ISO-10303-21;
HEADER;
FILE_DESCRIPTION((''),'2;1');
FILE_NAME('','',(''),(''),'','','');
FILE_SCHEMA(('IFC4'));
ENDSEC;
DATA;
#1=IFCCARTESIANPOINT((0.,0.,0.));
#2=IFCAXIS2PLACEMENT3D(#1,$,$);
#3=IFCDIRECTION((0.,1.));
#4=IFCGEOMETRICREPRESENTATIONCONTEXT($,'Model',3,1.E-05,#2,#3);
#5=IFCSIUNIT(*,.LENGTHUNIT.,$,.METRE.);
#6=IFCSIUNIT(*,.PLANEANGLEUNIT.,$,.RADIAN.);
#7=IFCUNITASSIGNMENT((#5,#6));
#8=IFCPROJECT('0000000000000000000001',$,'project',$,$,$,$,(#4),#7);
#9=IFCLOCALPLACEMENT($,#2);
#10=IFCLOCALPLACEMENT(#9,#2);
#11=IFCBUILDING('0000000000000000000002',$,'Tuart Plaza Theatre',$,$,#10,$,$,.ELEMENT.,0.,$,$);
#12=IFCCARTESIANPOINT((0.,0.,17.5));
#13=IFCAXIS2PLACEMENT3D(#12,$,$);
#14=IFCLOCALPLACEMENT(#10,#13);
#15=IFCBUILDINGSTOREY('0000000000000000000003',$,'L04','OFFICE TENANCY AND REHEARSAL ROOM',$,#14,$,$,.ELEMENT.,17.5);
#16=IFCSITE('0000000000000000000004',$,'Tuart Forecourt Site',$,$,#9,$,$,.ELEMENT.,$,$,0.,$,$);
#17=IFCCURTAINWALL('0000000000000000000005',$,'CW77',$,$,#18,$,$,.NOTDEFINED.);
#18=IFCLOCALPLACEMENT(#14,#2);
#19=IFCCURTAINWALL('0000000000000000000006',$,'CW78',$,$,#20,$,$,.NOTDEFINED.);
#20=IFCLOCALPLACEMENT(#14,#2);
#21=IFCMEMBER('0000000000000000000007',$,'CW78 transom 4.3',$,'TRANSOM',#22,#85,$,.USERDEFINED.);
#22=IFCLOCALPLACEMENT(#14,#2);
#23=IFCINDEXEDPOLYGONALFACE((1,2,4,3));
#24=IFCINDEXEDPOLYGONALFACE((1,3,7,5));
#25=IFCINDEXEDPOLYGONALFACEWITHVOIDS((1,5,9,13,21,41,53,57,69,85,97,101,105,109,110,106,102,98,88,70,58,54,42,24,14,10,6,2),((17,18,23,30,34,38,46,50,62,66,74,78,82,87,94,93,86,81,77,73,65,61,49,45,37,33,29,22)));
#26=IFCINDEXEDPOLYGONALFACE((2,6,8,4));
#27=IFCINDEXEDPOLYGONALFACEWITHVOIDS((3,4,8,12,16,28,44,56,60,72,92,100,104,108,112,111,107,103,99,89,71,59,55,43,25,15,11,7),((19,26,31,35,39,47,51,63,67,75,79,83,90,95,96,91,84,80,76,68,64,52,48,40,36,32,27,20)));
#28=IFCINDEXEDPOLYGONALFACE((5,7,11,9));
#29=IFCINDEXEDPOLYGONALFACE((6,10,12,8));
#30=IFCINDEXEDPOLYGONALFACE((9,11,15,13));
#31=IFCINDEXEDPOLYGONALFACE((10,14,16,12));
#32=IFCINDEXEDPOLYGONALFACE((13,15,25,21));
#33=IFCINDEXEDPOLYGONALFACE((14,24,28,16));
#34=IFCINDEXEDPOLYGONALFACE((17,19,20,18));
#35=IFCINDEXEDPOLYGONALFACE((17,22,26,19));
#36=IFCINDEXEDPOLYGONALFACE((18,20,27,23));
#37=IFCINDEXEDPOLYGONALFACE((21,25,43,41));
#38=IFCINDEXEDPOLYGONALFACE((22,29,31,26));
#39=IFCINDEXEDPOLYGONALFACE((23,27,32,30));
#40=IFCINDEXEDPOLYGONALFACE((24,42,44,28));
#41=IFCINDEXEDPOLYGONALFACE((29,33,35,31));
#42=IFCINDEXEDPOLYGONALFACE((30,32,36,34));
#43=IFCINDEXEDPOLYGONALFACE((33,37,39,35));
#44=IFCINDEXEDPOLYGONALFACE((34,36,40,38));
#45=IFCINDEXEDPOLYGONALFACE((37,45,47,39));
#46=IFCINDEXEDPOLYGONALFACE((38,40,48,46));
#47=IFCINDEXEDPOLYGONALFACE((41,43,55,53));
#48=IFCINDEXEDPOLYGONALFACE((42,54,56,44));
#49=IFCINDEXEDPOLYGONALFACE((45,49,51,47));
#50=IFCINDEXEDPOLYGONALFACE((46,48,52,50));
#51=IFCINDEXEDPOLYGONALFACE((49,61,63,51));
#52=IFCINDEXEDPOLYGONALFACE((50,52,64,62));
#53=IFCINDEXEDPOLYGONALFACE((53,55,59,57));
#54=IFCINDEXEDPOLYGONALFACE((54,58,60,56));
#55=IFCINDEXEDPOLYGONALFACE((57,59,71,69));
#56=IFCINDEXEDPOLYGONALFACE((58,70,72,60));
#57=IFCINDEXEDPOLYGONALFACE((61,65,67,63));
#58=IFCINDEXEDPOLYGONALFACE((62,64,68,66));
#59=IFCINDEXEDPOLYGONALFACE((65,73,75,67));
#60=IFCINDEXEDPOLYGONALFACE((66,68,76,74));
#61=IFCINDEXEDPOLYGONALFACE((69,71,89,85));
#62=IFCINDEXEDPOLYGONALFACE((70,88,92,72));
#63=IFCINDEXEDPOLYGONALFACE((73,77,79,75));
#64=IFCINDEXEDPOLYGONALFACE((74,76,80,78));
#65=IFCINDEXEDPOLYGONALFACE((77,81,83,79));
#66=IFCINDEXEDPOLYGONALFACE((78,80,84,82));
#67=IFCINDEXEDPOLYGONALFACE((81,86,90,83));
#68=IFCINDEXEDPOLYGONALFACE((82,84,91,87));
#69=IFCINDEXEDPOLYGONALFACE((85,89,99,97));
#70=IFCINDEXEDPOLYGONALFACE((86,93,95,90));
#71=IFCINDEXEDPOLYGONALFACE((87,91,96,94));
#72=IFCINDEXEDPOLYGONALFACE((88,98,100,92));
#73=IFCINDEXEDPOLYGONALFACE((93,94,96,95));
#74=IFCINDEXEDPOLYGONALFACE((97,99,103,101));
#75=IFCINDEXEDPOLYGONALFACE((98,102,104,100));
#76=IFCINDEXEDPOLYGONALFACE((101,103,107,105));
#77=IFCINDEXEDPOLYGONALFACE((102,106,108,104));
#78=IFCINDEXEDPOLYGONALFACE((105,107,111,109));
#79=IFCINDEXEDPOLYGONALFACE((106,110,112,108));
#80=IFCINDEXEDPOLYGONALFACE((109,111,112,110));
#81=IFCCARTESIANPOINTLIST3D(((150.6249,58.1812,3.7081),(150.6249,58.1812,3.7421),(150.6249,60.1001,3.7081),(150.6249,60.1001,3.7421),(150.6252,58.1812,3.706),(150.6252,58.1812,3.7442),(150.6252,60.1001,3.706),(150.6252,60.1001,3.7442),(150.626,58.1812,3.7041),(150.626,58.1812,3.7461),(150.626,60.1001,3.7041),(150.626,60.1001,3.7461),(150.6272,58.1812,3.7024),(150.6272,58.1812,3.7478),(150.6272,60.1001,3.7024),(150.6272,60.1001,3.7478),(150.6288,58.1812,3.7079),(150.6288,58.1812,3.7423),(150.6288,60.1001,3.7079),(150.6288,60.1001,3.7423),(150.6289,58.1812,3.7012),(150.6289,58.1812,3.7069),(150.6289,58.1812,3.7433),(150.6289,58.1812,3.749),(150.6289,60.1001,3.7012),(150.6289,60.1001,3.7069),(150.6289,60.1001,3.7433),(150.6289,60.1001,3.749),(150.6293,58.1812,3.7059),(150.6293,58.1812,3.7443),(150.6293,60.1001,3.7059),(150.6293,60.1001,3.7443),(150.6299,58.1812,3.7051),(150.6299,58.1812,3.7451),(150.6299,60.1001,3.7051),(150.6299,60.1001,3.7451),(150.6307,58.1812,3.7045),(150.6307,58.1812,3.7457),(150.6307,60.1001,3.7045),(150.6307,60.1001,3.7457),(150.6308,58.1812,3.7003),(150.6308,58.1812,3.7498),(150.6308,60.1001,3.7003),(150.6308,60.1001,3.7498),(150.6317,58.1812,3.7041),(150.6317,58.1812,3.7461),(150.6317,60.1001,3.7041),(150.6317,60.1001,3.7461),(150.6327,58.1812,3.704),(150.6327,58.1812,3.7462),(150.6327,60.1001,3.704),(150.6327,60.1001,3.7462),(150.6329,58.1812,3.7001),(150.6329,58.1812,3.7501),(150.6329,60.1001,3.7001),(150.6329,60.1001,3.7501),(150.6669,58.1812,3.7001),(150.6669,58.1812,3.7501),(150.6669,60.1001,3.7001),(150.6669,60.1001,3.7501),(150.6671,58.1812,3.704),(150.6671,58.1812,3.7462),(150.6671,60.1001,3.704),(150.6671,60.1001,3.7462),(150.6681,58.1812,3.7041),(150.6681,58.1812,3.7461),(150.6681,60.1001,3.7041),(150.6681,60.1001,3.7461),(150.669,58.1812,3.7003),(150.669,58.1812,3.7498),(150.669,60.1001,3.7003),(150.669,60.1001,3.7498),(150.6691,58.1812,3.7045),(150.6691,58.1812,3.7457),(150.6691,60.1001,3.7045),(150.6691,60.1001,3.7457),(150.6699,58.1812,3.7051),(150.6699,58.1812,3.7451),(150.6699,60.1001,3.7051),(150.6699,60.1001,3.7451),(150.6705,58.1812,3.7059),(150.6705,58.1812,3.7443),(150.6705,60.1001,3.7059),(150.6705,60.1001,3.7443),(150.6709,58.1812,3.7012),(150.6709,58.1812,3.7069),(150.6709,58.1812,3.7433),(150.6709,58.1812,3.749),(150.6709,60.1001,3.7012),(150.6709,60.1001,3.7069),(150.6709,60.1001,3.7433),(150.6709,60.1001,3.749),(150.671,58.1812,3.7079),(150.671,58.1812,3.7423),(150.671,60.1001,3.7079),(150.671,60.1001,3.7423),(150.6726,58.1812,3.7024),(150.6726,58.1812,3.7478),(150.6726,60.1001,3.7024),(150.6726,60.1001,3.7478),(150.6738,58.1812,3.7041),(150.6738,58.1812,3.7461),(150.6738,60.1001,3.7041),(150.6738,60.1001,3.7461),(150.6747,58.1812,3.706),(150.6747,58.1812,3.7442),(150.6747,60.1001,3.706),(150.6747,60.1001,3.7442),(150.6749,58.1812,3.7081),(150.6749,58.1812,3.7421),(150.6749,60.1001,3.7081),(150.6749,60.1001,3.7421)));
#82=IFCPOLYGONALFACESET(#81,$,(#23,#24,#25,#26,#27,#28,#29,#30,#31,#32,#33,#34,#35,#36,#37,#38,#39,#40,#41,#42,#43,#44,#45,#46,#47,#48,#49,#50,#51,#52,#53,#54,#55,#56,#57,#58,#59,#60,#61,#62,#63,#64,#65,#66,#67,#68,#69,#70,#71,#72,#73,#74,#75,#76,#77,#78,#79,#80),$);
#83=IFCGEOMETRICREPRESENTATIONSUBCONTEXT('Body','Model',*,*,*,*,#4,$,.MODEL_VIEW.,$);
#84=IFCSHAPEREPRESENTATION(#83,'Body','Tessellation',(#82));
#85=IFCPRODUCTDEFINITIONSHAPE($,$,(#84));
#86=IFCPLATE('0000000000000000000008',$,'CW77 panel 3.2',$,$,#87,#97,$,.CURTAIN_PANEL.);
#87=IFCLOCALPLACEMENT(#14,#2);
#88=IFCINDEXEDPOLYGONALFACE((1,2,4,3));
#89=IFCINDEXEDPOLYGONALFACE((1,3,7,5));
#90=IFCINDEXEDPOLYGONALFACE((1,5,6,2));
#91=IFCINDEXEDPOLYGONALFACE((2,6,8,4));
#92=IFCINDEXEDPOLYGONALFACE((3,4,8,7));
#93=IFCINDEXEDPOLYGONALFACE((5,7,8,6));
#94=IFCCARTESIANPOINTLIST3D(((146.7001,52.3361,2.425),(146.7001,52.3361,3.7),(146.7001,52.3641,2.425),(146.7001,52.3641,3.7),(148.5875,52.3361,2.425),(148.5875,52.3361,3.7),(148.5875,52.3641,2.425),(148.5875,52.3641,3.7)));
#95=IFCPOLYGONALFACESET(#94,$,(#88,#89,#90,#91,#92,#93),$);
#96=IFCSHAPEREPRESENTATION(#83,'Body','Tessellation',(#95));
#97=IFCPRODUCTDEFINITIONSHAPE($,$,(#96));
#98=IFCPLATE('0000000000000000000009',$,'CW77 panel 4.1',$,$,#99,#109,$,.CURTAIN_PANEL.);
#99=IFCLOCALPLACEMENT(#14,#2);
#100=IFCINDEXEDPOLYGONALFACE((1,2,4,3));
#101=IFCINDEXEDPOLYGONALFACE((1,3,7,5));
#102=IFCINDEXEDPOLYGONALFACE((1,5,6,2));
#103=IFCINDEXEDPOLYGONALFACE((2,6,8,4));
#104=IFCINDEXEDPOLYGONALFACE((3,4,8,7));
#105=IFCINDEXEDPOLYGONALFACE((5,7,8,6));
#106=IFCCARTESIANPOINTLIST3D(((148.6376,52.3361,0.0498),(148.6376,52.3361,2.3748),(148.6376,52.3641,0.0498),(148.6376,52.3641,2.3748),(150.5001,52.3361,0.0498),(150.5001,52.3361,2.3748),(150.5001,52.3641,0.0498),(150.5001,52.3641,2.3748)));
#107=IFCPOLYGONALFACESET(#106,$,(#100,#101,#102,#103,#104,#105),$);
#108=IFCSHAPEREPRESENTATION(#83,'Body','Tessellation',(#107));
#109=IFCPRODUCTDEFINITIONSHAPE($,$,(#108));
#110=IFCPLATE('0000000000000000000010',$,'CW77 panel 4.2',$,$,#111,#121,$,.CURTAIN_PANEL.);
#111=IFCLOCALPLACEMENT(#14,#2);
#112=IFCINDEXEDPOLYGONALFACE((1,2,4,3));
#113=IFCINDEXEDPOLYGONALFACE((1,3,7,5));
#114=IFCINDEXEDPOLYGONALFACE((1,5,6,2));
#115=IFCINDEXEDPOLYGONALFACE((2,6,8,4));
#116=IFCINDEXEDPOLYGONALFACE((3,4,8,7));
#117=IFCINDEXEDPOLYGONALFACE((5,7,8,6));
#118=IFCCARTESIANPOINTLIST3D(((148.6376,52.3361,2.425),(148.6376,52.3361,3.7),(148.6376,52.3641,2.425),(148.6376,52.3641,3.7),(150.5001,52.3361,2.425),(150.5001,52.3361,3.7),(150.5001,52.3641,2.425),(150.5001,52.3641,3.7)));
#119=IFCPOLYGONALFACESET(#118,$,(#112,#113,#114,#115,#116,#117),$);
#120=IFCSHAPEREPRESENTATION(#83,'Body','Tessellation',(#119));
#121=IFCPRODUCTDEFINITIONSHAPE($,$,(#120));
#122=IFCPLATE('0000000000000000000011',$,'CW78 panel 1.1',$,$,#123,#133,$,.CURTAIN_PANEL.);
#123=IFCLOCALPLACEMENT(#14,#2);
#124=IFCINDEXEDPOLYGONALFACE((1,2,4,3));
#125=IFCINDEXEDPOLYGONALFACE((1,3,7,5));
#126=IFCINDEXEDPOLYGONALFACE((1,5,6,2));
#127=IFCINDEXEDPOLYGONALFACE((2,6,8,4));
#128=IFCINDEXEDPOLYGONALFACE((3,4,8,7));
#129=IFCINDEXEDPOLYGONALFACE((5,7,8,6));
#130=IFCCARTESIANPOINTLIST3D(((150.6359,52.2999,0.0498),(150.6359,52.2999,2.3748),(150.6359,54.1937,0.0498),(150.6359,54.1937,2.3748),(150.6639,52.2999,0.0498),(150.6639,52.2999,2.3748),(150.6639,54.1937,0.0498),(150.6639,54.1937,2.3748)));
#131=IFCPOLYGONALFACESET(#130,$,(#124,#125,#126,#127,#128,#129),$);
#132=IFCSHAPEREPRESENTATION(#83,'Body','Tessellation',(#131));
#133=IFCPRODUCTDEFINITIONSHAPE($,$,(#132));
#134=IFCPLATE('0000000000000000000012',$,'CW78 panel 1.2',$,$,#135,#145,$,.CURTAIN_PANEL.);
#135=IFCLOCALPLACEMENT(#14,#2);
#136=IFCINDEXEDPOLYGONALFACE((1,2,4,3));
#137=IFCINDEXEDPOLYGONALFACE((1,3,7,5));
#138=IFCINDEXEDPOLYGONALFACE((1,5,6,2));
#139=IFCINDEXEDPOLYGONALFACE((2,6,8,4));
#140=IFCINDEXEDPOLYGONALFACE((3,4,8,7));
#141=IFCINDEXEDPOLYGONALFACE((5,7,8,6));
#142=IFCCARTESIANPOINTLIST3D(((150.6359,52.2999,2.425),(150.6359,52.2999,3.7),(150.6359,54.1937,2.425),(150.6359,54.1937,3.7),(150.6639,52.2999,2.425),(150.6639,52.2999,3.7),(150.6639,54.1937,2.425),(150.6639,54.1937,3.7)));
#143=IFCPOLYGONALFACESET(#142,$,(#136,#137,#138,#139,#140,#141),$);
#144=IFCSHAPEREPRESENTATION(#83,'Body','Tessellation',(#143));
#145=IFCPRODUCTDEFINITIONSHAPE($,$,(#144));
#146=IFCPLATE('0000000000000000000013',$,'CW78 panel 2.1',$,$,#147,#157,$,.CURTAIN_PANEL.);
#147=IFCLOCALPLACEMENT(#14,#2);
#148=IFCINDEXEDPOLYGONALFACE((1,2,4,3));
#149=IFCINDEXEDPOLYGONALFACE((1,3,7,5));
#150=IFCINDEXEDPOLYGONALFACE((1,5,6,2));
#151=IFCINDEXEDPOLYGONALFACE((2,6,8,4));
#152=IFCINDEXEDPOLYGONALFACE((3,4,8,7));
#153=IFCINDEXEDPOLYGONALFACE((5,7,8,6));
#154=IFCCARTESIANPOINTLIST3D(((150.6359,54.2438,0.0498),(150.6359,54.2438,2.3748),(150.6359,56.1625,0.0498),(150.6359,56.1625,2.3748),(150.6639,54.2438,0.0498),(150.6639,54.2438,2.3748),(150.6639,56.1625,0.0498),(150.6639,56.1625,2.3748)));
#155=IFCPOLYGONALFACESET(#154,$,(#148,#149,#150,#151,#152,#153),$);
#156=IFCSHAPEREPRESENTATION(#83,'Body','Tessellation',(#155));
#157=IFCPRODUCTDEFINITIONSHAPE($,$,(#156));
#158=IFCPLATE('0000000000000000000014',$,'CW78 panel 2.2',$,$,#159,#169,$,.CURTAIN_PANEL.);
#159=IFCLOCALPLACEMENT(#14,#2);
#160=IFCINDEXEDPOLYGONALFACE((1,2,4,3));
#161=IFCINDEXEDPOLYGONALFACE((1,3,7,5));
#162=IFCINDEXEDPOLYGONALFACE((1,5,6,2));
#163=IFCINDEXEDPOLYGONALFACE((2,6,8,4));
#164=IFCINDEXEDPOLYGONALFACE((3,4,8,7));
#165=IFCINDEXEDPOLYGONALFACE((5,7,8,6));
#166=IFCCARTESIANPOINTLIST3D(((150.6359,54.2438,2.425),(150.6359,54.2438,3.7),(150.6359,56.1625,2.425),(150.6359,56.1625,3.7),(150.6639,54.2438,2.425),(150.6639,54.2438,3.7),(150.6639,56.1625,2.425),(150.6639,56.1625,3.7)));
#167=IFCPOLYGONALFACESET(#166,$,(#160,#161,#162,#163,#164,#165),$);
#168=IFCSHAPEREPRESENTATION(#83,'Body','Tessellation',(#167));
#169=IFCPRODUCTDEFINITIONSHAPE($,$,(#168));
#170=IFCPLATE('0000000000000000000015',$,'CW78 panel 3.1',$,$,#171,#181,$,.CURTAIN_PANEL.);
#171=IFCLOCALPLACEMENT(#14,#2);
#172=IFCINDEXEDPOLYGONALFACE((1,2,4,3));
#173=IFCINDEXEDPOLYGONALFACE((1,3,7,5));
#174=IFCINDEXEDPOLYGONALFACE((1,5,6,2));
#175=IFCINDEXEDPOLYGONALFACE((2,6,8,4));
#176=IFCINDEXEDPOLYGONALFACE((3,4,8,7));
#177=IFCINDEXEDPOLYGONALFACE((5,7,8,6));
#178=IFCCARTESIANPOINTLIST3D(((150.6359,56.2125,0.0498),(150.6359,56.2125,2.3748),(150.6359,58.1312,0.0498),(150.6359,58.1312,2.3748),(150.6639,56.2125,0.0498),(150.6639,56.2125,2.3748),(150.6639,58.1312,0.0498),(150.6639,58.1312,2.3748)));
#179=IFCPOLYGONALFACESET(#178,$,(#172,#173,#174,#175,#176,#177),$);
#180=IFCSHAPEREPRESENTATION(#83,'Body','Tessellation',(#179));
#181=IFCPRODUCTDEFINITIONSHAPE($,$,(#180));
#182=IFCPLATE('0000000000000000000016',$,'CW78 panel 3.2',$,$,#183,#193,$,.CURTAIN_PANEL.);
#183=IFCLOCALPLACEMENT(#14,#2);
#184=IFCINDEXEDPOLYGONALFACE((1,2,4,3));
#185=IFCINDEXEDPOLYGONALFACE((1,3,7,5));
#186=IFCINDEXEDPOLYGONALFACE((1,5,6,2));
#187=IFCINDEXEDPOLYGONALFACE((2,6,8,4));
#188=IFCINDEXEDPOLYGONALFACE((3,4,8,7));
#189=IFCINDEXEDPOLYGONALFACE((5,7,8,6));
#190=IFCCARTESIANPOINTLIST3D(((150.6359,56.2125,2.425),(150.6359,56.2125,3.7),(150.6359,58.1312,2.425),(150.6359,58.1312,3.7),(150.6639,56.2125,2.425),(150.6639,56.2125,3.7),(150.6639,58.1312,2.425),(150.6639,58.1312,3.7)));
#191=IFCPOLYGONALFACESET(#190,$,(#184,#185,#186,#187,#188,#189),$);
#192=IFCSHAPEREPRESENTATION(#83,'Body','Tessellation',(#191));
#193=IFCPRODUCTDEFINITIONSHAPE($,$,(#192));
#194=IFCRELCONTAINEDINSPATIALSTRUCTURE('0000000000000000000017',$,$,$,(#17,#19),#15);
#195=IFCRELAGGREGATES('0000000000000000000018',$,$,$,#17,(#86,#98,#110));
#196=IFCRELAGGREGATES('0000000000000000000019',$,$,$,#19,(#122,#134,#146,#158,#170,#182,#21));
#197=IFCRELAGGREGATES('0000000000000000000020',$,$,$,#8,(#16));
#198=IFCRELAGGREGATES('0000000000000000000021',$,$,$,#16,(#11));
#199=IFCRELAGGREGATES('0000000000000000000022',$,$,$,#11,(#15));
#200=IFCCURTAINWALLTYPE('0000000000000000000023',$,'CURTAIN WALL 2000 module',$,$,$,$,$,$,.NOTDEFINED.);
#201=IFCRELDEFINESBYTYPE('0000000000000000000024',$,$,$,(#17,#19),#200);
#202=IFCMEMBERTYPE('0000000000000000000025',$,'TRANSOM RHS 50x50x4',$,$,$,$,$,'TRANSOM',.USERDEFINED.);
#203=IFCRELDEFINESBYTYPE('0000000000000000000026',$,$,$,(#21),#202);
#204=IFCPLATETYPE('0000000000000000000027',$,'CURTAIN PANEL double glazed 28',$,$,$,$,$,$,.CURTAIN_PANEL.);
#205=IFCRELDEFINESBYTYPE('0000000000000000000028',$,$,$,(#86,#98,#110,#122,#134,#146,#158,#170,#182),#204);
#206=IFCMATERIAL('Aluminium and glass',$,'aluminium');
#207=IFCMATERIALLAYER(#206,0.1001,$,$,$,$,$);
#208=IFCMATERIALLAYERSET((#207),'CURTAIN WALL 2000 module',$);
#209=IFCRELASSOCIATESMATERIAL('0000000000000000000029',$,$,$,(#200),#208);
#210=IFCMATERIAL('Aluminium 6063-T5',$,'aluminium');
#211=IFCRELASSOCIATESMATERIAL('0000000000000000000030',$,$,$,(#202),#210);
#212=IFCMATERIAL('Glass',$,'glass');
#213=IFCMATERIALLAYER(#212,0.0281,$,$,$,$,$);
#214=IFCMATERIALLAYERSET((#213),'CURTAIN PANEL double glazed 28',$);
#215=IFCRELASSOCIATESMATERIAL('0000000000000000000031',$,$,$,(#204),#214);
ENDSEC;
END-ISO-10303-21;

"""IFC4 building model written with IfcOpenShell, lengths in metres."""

from ifc_helpers import new_model, si_unit, direction, frame, origin, origin_2d, place, context, subcontext, project, spatial, rectangle, hollow_rectangle, extrude, material, layer, layer_set, material_profile, profile_set, type_object, element, aggregate, save


model = new_model("IFC4")

# Units and contexts
model_context = context("Model", 3, precision=1e-05, world=origin(), true_north=direction((0.0, 1.0)))
body_context = subcontext(model_context, "Body", "Model", "MODEL_VIEW")
ifc_project = project(units=[si_unit("LENGTHUNIT", "METRE"), si_unit("PLANEANGLEUNIT", "RADIAN")], contexts=[model_context])

# Site, building, storey
site_placement = place(None, origin())
site = spatial("IfcSite", under=ifc_project, at=site_placement, Name="Tuart Forecourt Site", CompositionType="ELEMENT", RefElevation=0.0)
building_placement = place(site_placement, origin())
building = spatial("IfcBuilding", under=site, at=building_placement, Name="Tuart Plaza Theatre", CompositionType="ELEMENT", ElevationOfRefHeight=0.0)
storey_placement = place(building_placement, frame((0.0, 0.0, 17.5)))
storey = spatial("IfcBuildingStorey", under=building, at=storey_placement, Name="L04", Description="OFFICE TENANCY AND REHEARSAL ROOM", CompositionType="ELEMENT", Elevation=17.5)

# Curtain walls
ifc_material_1 = material(Name="Aluminium and glass", Category="aluminium")
ifc_layer_1 = layer(ifc_material_1, 0.1001)
ifc_layer_set_1 = layer_set([ifc_layer_1], Name="CURTAIN WALL 2000 module")
curtain_wall_type = type_object("IfcCurtainWallType", Name="CURTAIN WALL 2000 module", PredefinedType="NOTDEFINED", material=ifc_layer_set_1)
curtain_wall_1_placement = place(storey_placement, origin())
curtain_wall_1 = element("IfcCurtainWall", 1, at=curtain_wall_1_placement, inside=storey, type_object=curtain_wall_type, Name="CW77", PredefinedType="NOTDEFINED")
curtain_wall_2_placement = place(storey_placement, origin())
curtain_wall_2 = element("IfcCurtainWall", 2, at=curtain_wall_2_placement, inside=storey, type_object=curtain_wall_type, Name="CW78", PredefinedType="NOTDEFINED")

# Member
ifc_material_2 = material(Name="Aluminium 6063-T5", Category="aluminium")
ifc_material_profile_1 = material_profile(ifc_material_2, hollow_rectangle(XDim=0.05, YDim=0.05, WallThickness=0.0039, InnerFilletRadius=0.0039, OuterFilletRadius=0.0081, at=origin_2d()), Name="RHS 50x50x4")
ifc_profile_set_1 = profile_set([ifc_material_profile_1], Name="Aluminium 6063-T5")
member_type_1 = type_object("IfcMemberType", Name="TRANSOM RHS 50x50x4", ElementType="TRANSOM", PredefinedType="USERDEFINED", material=ifc_profile_set_1)
member_1_placement = place(storey_placement, frame((150.6499, 58.1812, 3.7251), z_axis=(0.0, 1.0, 0.0), x_axis=(-1.0, 0.0, 0.0)))
member_1 = element("IfcMember", 3, at=member_1_placement, type_object=member_type_1, Name="CW78 transom 4.3", ObjectType="TRANSOM", PredefinedType="USERDEFINED", context=body_context, shape_type="SweptSolid", body=[
    extrude(hollow_rectangle(XDim=0.05, YDim=0.05, WallThickness=0.0039, InnerFilletRadius=0.0039, OuterFilletRadius=0.0081, at=origin_2d()), origin(), (0.0, 0.0, 1.0), 1.9189),
])

# Plates
ifc_material_3 = material(Name="Glass", Category="glass")
ifc_layer_2 = layer(ifc_material_3, 0.0281)
ifc_layer_set_2 = layer_set([ifc_layer_2], Name="CURTAIN PANEL double glazed 28")
plate_type = type_object("IfcPlateType", Name="CURTAIN PANEL double glazed 28", PredefinedType="CURTAIN_PANEL", material=ifc_layer_set_2)
plate_1_placement = place(storey_placement, frame((147.6438, 52.3501, 2.425), z_axis=(0.0, 0.0, 1.0), x_axis=(1.0, 0.0, 0.0)))
plate_1 = element("IfcPlate", 4, at=plate_1_placement, type_object=plate_type, Name="CW77 panel 3.2", PredefinedType="CURTAIN_PANEL", context=body_context, shape_type="SweptSolid", body=[
    extrude(rectangle(XDim=1.8875, YDim=0.0281, at=origin_2d()), origin(), (0.0, 0.0, 1.0), 1.2749),
])
plate_2_placement = place(storey_placement, frame((149.5688, 52.3501, 0.0498), z_axis=(0.0, 0.0, 1.0), x_axis=(1.0, 0.0, 0.0)))
plate_2 = element("IfcPlate", 5, at=plate_2_placement, type_object=plate_type, Name="CW77 panel 4.1", PredefinedType="CURTAIN_PANEL", context=body_context, shape_type="SweptSolid", body=[
    extrude(rectangle(XDim=1.8625, YDim=0.0281, at=origin_2d()), origin(), (0.0, 0.0, 1.0), 2.325),
])
plate_3_placement = place(storey_placement, frame((149.5688, 52.3501, 2.425), z_axis=(0.0, 0.0, 1.0), x_axis=(1.0, 0.0, 0.0)))
plate_3 = element("IfcPlate", 6, at=plate_3_placement, type_object=plate_type, Name="CW77 panel 4.2", PredefinedType="CURTAIN_PANEL", context=body_context, shape_type="SweptSolid", body=[
    extrude(rectangle(XDim=1.8625, YDim=0.0281, at=origin_2d()), origin(), (0.0, 0.0, 1.0), 1.2749),
])
aggregate(curtain_wall_1, [plate_1, plate_2, plate_3])
plate_4_placement = place(storey_placement, frame((150.6499, 53.2468, 0.0498), z_axis=(0.0, 0.0, 1.0), x_axis=(0.0, 1.0, 0.0)))
plate_4 = element("IfcPlate", 7, at=plate_4_placement, type_object=plate_type, Name="CW78 panel 1.1", PredefinedType="CURTAIN_PANEL", context=body_context, shape_type="SweptSolid", body=[
    extrude(rectangle(XDim=1.8938, YDim=0.0281, at=origin_2d()), origin(), (0.0, 0.0, 1.0), 2.325),
])
plate_5_placement = place(storey_placement, frame((150.6499, 53.2468, 2.425), z_axis=(0.0, 0.0, 1.0), x_axis=(0.0, 1.0, 0.0)))
plate_5 = element("IfcPlate", 8, at=plate_5_placement, type_object=plate_type, Name="CW78 panel 1.2", PredefinedType="CURTAIN_PANEL", context=body_context, shape_type="SweptSolid", body=[
    extrude(rectangle(XDim=1.8938, YDim=0.0281, at=origin_2d()), origin(), (0.0, 0.0, 1.0), 1.2749),
])
plate_6_placement = place(storey_placement, frame((150.6499, 55.2031, 0.0498), z_axis=(0.0, 0.0, 1.0), x_axis=(0.0, 1.0, 0.0)))
plate_6 = element("IfcPlate", 9, at=plate_6_placement, type_object=plate_type, Name="CW78 panel 2.1", PredefinedType="CURTAIN_PANEL", context=body_context, shape_type="SweptSolid", body=[
    extrude(rectangle(XDim=1.9187, YDim=0.0281, at=origin_2d()), origin(), (0.0, 0.0, 1.0), 2.325),
])
plate_7_placement = place(storey_placement, frame((150.6499, 55.2031, 2.425), z_axis=(0.0, 0.0, 1.0), x_axis=(0.0, 1.0, 0.0)))
plate_7 = element("IfcPlate", 10, at=plate_7_placement, type_object=plate_type, Name="CW78 panel 2.2", PredefinedType="CURTAIN_PANEL", context=body_context, shape_type="SweptSolid", body=[
    extrude(rectangle(XDim=1.9187, YDim=0.0281, at=origin_2d()), origin(), (0.0, 0.0, 1.0), 1.2749),
])
plate_8_placement = place(storey_placement, frame((150.6499, 57.1719, 0.0498), z_axis=(0.0, 0.0, 1.0), x_axis=(0.0, 1.0, 0.0)))
plate_8 = element("IfcPlate", 11, at=plate_8_placement, type_object=plate_type, Name="CW78 panel 3.1", PredefinedType="CURTAIN_PANEL", context=body_context, shape_type="SweptSolid", body=[
    extrude(rectangle(XDim=1.9187, YDim=0.0281, at=origin_2d()), origin(), (0.0, 0.0, 1.0), 2.325),
])
plate_9_placement = place(storey_placement, frame((150.6499, 57.1719, 2.425), z_axis=(0.0, 0.0, 1.0), x_axis=(0.0, 1.0, 0.0)))
plate_9 = element("IfcPlate", 12, at=plate_9_placement, type_object=plate_type, Name="CW78 panel 3.2", PredefinedType="CURTAIN_PANEL", context=body_context, shape_type="SweptSolid", body=[
    extrude(rectangle(XDim=1.9187, YDim=0.0281, at=origin_2d()), origin(), (0.0, 0.0, 1.0), 1.2749),
])
aggregate(curtain_wall_2, [plate_4, plate_5, plate_6, plate_7, plate_8, plate_9, member_1])

save(model, "model.ifc")
